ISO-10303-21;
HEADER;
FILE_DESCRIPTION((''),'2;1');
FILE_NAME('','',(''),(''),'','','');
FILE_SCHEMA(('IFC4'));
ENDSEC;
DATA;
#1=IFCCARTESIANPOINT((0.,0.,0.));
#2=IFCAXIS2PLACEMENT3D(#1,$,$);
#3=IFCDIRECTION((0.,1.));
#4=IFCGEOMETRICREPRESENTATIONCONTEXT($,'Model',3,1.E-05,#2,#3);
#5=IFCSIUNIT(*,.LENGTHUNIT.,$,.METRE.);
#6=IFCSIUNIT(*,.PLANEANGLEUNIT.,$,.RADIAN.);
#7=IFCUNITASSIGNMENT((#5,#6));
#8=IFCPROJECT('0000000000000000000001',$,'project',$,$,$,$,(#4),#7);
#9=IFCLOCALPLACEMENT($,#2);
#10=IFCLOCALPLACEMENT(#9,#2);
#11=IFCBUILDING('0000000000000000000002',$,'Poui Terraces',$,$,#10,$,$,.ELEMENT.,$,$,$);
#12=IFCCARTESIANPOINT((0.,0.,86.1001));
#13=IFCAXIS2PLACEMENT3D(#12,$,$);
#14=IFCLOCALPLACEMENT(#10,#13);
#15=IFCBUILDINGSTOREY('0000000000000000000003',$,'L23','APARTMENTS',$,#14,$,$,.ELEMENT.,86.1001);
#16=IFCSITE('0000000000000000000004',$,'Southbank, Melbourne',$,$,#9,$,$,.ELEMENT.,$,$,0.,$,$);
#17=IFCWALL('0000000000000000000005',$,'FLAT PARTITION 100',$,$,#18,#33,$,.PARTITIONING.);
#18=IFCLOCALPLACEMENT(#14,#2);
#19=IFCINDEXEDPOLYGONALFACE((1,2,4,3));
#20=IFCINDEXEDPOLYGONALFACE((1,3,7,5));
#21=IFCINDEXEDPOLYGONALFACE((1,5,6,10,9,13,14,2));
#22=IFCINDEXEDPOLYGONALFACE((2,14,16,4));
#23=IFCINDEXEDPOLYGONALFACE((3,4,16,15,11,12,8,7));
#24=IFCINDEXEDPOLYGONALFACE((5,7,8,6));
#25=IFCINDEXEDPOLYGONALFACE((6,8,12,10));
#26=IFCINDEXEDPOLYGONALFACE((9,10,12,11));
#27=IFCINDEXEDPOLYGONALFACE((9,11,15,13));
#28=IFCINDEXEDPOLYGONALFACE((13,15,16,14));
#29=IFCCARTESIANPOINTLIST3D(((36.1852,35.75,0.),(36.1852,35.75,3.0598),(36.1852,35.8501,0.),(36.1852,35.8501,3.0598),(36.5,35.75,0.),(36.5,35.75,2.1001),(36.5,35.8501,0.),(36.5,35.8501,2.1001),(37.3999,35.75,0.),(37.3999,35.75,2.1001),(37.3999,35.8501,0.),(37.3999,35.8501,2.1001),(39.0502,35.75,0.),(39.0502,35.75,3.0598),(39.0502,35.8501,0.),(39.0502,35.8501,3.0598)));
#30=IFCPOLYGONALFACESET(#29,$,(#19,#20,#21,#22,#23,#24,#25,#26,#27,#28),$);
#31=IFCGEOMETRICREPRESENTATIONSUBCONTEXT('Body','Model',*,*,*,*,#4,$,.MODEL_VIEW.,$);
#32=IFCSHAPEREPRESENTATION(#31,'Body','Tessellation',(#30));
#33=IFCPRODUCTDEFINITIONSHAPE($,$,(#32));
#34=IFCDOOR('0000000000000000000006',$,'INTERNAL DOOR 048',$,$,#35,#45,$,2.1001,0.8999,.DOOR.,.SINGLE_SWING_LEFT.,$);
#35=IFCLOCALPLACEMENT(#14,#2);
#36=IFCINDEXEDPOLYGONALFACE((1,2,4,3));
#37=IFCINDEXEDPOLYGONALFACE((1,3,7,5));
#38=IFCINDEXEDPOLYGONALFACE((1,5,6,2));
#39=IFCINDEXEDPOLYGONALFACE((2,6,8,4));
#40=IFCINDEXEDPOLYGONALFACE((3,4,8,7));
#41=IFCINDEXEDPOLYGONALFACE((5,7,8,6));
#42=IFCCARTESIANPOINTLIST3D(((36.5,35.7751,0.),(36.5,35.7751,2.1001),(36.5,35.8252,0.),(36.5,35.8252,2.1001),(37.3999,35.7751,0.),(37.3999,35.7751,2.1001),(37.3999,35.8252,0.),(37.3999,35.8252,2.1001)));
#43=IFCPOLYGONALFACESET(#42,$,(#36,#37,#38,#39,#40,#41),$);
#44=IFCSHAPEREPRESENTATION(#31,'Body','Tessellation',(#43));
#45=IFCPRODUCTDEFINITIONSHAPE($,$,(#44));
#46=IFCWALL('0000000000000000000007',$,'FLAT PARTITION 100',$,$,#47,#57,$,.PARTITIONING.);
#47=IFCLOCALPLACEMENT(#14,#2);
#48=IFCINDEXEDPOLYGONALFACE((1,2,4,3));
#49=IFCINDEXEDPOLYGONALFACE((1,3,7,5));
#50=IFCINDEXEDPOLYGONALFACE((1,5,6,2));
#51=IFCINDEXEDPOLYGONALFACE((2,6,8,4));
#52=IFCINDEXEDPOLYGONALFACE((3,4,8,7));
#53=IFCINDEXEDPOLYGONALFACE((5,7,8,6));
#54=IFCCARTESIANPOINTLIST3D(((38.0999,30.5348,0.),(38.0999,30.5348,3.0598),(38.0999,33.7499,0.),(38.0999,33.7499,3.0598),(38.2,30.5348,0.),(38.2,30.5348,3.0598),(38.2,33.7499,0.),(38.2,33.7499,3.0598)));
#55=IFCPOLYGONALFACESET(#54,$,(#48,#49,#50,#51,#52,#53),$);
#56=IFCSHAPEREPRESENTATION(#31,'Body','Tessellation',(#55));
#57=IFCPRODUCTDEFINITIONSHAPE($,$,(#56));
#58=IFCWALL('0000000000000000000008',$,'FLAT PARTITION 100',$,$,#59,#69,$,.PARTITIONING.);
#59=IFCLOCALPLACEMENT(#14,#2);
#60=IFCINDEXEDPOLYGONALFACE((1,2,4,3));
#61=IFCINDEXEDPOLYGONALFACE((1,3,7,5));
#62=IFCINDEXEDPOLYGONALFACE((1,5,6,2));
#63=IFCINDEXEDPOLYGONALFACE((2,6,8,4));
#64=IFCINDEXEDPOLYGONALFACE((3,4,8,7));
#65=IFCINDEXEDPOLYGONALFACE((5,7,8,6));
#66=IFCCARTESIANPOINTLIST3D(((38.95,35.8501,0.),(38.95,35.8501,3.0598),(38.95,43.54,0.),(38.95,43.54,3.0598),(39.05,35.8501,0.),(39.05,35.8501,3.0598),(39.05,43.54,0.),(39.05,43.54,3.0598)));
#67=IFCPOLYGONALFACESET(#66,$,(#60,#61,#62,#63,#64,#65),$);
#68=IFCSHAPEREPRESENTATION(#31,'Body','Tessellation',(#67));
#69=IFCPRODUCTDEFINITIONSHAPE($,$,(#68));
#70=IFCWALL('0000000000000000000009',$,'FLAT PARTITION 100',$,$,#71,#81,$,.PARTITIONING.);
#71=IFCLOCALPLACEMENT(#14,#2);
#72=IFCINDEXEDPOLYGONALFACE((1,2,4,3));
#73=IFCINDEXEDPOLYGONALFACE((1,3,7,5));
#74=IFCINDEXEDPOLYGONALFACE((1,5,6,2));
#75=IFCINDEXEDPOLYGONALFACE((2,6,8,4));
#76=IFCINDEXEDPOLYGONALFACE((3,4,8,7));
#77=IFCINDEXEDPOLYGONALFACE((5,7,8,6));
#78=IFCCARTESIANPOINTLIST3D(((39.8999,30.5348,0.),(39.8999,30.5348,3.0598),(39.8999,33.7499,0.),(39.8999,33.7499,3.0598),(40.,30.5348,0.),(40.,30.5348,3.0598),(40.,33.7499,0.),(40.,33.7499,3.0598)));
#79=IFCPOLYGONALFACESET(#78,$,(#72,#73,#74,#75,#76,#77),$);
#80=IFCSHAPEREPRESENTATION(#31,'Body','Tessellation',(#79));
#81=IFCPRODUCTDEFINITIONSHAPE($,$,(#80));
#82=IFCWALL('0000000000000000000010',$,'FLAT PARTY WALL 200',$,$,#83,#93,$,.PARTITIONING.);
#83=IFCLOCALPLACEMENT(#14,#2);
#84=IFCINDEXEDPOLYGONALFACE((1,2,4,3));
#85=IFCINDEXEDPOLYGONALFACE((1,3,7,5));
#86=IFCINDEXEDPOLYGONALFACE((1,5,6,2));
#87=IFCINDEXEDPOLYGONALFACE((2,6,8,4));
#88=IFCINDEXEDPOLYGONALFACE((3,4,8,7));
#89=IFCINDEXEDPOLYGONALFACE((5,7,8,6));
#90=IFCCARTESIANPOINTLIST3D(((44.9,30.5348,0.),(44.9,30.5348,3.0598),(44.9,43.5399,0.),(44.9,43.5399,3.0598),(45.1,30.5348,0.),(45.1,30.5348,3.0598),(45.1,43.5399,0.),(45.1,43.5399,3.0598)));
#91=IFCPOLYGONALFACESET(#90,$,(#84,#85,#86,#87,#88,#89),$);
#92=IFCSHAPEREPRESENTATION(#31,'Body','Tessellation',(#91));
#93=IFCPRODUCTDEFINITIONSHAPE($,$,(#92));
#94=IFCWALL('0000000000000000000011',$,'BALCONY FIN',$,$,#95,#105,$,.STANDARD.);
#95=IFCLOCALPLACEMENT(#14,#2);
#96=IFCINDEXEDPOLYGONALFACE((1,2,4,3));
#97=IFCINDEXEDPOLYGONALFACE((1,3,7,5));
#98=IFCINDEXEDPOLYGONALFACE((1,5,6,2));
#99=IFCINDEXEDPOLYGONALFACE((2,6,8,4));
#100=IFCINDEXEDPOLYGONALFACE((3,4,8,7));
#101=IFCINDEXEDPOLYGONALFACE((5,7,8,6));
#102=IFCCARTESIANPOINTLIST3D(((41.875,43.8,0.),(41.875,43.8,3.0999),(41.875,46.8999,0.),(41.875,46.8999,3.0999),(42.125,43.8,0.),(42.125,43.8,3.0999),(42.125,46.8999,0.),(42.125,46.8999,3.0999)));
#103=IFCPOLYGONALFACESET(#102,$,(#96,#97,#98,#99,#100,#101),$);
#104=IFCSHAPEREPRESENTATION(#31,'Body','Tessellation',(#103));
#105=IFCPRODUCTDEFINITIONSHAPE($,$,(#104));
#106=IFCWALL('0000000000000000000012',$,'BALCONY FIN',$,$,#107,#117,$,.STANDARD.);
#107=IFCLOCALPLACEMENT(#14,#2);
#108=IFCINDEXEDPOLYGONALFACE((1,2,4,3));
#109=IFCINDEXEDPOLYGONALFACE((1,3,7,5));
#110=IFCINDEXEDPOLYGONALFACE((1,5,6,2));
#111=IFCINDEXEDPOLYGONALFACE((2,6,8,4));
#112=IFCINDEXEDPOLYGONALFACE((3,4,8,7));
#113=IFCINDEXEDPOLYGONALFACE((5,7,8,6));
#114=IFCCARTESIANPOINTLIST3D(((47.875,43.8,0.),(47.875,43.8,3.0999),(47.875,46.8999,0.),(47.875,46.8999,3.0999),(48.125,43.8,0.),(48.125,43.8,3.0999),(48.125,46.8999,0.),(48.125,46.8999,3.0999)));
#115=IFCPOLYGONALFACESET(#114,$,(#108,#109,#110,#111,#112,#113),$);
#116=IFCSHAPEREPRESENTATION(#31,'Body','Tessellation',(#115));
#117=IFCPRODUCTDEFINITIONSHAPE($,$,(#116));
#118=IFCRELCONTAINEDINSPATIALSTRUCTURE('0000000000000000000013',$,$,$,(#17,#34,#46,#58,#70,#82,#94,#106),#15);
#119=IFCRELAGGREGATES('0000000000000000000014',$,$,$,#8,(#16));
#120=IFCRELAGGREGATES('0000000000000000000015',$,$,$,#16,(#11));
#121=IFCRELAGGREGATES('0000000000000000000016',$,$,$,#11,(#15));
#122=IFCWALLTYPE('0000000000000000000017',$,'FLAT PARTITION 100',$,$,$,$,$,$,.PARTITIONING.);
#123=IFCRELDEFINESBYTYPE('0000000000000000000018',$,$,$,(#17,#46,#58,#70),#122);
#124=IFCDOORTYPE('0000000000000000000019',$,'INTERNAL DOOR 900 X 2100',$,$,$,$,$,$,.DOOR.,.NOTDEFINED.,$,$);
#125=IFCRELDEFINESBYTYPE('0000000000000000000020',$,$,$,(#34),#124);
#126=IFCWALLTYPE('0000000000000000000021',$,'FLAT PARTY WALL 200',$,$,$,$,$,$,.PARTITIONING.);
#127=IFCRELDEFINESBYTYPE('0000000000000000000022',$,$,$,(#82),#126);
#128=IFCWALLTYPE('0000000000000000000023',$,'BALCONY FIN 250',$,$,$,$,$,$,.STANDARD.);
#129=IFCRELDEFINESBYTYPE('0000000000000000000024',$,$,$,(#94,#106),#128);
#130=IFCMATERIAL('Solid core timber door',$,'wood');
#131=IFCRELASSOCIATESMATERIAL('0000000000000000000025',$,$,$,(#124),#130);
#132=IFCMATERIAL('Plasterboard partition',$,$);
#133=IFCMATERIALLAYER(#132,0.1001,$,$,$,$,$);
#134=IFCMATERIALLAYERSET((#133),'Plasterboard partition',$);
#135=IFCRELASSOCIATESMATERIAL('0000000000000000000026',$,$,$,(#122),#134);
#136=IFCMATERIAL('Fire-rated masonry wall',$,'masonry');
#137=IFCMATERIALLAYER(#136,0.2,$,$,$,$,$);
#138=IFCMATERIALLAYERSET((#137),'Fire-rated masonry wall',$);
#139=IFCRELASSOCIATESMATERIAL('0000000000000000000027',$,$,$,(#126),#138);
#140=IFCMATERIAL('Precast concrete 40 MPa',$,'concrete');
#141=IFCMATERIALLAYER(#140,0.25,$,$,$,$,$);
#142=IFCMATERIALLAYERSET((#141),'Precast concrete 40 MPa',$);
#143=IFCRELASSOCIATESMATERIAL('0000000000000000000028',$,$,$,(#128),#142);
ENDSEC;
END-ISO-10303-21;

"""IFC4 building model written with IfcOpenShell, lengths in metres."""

from ifc_helpers import new_model, si_unit, direction, frame, frame_2d, origin, place, context, subcontext, project, spatial, polyline, rectangle, outline, extrude, source, transform, mapped, material, layer, layer_set, type_object, element, fill, save


model = new_model("IFC4")

# Units and contexts
model_context = context("Model", 3, precision=1e-05, world=origin(), true_north=direction((0.0, 1.0)))
body_context = subcontext(model_context, "Body", "Model", "MODEL_VIEW")
ifc_project = project(units=[si_unit("LENGTHUNIT", "METRE"), si_unit("PLANEANGLEUNIT", "RADIAN")], contexts=[model_context])

# Site, building, storey
site_placement = place(None, origin())
site = spatial("IfcSite", under=ifc_project, at=site_placement, Name="Southbank, Melbourne", CompositionType="ELEMENT", RefElevation=0.0)
building_placement = place(site_placement, origin())
building = spatial("IfcBuilding", under=site, at=building_placement, Name="Poui Terraces", CompositionType="ELEMENT")
storey_placement = place(building_placement, frame((0.0, 0.0, 86.1001)))
storey = spatial("IfcBuildingStorey", under=building, at=storey_placement, Name="L23", Description="APARTMENTS", CompositionType="ELEMENT", Elevation=86.1001)

# Wall, opening, door
ifc_material_1 = material(Name="Solid core timber door", Category="wood")
door_type_1 = type_object("IfcDoorType", Name="INTERNAL DOOR 900 X 2100", OperationType="NOTDEFINED", PredefinedType="DOOR", material=ifc_material_1)
ifc_material_2 = material(Name="Plasterboard partition")
ifc_layer_1 = layer(ifc_material_2, 0.1001)
ifc_layer_set_1 = layer_set([ifc_layer_1], Name="Plasterboard partition")
wall_type_1 = type_object("IfcWallType", Name="FLAT PARTITION 100", PredefinedType="PARTITIONING", material=ifc_layer_set_1)
wall_1_placement = place(storey_placement, frame((36.1851, 35.8, 0.0), z_axis=(0.0, 0.0, 1.0), x_axis=(1.0, 0.0, 0.0)))
wall_1 = element("IfcWall", 1, at=wall_1_placement, inside=storey, type_object=wall_type_1, Name="FLAT PARTITION 100", PredefinedType="PARTITIONING", context=body_context, shape_type="SweptSolid", body=[
    extrude(rectangle(XDim=2.865, YDim=0.1001, at=frame_2d((1.4326, 0.0))), origin(), (0.0, 0.0, 1.0), 3.0598),
])
opening_1_placement = place(wall_1_placement, frame((0.3149, 0.0, 0.0)))
opening_1 = element("IfcOpeningElement", 2, at=opening_1_placement, cuts=wall_1, PredefinedType="OPENING", context=body_context, shape_type="SweptSolid", body=[
    extrude(rectangle(XDim=0.8999, YDim=2.1001, at=frame_2d((0.45, 1.05))), frame((0.0, 0.0601, 0.0), z_axis=(0.0, -1.0, 0.0), x_axis=(1.0, 0.0, 0.0)), (0.0, 0.0, 1.0), 0.1201),
])
door_1_placement = place(opening_1_placement, frame((0.8999, 0.0, 0.0), z_axis=(0.0, 0.0, 1.0), x_axis=(-1.0, 0.0, 0.0)))
door_1 = element("IfcDoor", 3, at=door_1_placement, inside=storey, type_object=door_type_1, Name="INTERNAL DOOR 048", OperationType="SINGLE_SWING_LEFT", OverallHeight=2.1001, OverallWidth=0.8999, PredefinedType="DOOR", context=body_context, shape_type="SweptSolid", body=[
    extrude(rectangle(XDim=0.8999, YDim=2.1001, at=frame_2d((0.45, 1.05))), frame((0.0, 0.0249, 0.0), z_axis=(0.0, -1.0, 0.0), x_axis=(1.0, 0.0, 0.0)), (0.0, 0.0, 1.0), 0.05),
])
fill(opening_1, door_1)

# Walls
wall_2_placement = place(storey_placement, frame((38.1499, 30.5349, 0.0), z_axis=(0.0, 0.0, 1.0), x_axis=(0.0, 1.0, 0.0)))
element("IfcWall", 4, at=wall_2_placement, inside=storey, type_object=wall_type_1, Name="FLAT PARTITION 100", PredefinedType="PARTITIONING", context=body_context, shape_type="SweptSolid", body=[
    extrude(rectangle(XDim=3.2151, YDim=0.1001, at=frame_2d((1.6074, 0.0))), origin(), (0.0, 0.0, 1.0), 3.0598),
])
wall_3_placement = place(storey_placement, frame((39.0, 35.8501, 0.0), z_axis=(0.0, 0.0, 1.0), x_axis=(0.0, 1.0, 0.0)))
element("IfcWall", 5, at=wall_3_placement, inside=storey, type_object=wall_type_1, Name="FLAT PARTITION 100", PredefinedType="PARTITIONING", context=body_context, shape_type="SweptSolid", body=[
    extrude(rectangle(XDim=7.6899, YDim=0.1001, at=frame_2d((3.845, 0.0))), origin(), (0.0, 0.0, 1.0), 3.0598),
])
wall_4_placement = place(storey_placement, frame((39.95, 30.5349, 0.0), z_axis=(0.0, 0.0, 1.0), x_axis=(0.0, 1.0, 0.0)))
element("IfcWall", 6, at=wall_4_placement, inside=storey, type_object=wall_type_1, Name="FLAT PARTITION 100", PredefinedType="PARTITIONING", context=body_context, shape_type="SweptSolid", body=[
    extrude(rectangle(XDim=3.2151, YDim=0.1001, at=frame_2d((1.6074, 0.0))), origin(), (0.0, 0.0, 1.0), 3.0598),
])
ifc_material_3 = material(Name="Fire-rated masonry wall", Category="masonry")
ifc_layer_2 = layer(ifc_material_3, 0.2)
ifc_layer_set_2 = layer_set([ifc_layer_2], Name="Fire-rated masonry wall")
wall_type_2 = type_object("IfcWallType", Name="FLAT PARTY WALL 200", PredefinedType="PARTITIONING", material=ifc_layer_set_2)
wall_5_placement = place(storey_placement, frame((45.0, 30.5349, 0.0), z_axis=(0.0, 0.0, 1.0), x_axis=(0.0, 1.0, 0.0)))
element("IfcWall", 7, at=wall_5_placement, inside=storey, type_object=wall_type_2, Name="FLAT PARTY WALL 200", PredefinedType="PARTITIONING", context=body_context, shape_type="SweptSolid", body=[
    extrude(rectangle(XDim=13.0051, YDim=0.2, at=frame_2d((6.5024, 0.0))), origin(), (0.0, 0.0, 1.0), 3.0598),
])
ifc_material_4 = material(Name="Precast concrete 40 MPa", Category="concrete")
ifc_layer_3 = layer(ifc_material_4, 0.25)
ifc_layer_set_3 = layer_set([ifc_layer_3], Name="Precast concrete 40 MPa")
wall_type_3 = type_object("IfcWallType", Name="BALCONY FIN 250", PredefinedType="STANDARD", material=ifc_layer_set_3)
shared_shape_1 = source(origin(), body_context, "Body", "SweptSolid", [
    extrude(outline(polyline([(0.0, 0.0), (0.25, 0.0), (0.25, 3.0999), (0.0, 3.0999), (0.0, 0.0)])), origin(), (0.0, 0.0, 1.0), 3.0999),
])
for number, where, name in (
    (8, (41.875, 43.8, 0.0), "BALCONY FIN"),
    (9, (47.875, 43.8, 0.0), "BALCONY FIN"),
):
    element("IfcWall", number, at=place(storey_placement, frame(where)), inside=storey, type_object=wall_type_3, Name=name, PredefinedType="STANDARD", context=body_context, shape_type="MappedRepresentation", body=[
        mapped(shared_shape_1, transform((0.0, 0.0, 0.0))),
    ])

save(model, "model.ifc")
